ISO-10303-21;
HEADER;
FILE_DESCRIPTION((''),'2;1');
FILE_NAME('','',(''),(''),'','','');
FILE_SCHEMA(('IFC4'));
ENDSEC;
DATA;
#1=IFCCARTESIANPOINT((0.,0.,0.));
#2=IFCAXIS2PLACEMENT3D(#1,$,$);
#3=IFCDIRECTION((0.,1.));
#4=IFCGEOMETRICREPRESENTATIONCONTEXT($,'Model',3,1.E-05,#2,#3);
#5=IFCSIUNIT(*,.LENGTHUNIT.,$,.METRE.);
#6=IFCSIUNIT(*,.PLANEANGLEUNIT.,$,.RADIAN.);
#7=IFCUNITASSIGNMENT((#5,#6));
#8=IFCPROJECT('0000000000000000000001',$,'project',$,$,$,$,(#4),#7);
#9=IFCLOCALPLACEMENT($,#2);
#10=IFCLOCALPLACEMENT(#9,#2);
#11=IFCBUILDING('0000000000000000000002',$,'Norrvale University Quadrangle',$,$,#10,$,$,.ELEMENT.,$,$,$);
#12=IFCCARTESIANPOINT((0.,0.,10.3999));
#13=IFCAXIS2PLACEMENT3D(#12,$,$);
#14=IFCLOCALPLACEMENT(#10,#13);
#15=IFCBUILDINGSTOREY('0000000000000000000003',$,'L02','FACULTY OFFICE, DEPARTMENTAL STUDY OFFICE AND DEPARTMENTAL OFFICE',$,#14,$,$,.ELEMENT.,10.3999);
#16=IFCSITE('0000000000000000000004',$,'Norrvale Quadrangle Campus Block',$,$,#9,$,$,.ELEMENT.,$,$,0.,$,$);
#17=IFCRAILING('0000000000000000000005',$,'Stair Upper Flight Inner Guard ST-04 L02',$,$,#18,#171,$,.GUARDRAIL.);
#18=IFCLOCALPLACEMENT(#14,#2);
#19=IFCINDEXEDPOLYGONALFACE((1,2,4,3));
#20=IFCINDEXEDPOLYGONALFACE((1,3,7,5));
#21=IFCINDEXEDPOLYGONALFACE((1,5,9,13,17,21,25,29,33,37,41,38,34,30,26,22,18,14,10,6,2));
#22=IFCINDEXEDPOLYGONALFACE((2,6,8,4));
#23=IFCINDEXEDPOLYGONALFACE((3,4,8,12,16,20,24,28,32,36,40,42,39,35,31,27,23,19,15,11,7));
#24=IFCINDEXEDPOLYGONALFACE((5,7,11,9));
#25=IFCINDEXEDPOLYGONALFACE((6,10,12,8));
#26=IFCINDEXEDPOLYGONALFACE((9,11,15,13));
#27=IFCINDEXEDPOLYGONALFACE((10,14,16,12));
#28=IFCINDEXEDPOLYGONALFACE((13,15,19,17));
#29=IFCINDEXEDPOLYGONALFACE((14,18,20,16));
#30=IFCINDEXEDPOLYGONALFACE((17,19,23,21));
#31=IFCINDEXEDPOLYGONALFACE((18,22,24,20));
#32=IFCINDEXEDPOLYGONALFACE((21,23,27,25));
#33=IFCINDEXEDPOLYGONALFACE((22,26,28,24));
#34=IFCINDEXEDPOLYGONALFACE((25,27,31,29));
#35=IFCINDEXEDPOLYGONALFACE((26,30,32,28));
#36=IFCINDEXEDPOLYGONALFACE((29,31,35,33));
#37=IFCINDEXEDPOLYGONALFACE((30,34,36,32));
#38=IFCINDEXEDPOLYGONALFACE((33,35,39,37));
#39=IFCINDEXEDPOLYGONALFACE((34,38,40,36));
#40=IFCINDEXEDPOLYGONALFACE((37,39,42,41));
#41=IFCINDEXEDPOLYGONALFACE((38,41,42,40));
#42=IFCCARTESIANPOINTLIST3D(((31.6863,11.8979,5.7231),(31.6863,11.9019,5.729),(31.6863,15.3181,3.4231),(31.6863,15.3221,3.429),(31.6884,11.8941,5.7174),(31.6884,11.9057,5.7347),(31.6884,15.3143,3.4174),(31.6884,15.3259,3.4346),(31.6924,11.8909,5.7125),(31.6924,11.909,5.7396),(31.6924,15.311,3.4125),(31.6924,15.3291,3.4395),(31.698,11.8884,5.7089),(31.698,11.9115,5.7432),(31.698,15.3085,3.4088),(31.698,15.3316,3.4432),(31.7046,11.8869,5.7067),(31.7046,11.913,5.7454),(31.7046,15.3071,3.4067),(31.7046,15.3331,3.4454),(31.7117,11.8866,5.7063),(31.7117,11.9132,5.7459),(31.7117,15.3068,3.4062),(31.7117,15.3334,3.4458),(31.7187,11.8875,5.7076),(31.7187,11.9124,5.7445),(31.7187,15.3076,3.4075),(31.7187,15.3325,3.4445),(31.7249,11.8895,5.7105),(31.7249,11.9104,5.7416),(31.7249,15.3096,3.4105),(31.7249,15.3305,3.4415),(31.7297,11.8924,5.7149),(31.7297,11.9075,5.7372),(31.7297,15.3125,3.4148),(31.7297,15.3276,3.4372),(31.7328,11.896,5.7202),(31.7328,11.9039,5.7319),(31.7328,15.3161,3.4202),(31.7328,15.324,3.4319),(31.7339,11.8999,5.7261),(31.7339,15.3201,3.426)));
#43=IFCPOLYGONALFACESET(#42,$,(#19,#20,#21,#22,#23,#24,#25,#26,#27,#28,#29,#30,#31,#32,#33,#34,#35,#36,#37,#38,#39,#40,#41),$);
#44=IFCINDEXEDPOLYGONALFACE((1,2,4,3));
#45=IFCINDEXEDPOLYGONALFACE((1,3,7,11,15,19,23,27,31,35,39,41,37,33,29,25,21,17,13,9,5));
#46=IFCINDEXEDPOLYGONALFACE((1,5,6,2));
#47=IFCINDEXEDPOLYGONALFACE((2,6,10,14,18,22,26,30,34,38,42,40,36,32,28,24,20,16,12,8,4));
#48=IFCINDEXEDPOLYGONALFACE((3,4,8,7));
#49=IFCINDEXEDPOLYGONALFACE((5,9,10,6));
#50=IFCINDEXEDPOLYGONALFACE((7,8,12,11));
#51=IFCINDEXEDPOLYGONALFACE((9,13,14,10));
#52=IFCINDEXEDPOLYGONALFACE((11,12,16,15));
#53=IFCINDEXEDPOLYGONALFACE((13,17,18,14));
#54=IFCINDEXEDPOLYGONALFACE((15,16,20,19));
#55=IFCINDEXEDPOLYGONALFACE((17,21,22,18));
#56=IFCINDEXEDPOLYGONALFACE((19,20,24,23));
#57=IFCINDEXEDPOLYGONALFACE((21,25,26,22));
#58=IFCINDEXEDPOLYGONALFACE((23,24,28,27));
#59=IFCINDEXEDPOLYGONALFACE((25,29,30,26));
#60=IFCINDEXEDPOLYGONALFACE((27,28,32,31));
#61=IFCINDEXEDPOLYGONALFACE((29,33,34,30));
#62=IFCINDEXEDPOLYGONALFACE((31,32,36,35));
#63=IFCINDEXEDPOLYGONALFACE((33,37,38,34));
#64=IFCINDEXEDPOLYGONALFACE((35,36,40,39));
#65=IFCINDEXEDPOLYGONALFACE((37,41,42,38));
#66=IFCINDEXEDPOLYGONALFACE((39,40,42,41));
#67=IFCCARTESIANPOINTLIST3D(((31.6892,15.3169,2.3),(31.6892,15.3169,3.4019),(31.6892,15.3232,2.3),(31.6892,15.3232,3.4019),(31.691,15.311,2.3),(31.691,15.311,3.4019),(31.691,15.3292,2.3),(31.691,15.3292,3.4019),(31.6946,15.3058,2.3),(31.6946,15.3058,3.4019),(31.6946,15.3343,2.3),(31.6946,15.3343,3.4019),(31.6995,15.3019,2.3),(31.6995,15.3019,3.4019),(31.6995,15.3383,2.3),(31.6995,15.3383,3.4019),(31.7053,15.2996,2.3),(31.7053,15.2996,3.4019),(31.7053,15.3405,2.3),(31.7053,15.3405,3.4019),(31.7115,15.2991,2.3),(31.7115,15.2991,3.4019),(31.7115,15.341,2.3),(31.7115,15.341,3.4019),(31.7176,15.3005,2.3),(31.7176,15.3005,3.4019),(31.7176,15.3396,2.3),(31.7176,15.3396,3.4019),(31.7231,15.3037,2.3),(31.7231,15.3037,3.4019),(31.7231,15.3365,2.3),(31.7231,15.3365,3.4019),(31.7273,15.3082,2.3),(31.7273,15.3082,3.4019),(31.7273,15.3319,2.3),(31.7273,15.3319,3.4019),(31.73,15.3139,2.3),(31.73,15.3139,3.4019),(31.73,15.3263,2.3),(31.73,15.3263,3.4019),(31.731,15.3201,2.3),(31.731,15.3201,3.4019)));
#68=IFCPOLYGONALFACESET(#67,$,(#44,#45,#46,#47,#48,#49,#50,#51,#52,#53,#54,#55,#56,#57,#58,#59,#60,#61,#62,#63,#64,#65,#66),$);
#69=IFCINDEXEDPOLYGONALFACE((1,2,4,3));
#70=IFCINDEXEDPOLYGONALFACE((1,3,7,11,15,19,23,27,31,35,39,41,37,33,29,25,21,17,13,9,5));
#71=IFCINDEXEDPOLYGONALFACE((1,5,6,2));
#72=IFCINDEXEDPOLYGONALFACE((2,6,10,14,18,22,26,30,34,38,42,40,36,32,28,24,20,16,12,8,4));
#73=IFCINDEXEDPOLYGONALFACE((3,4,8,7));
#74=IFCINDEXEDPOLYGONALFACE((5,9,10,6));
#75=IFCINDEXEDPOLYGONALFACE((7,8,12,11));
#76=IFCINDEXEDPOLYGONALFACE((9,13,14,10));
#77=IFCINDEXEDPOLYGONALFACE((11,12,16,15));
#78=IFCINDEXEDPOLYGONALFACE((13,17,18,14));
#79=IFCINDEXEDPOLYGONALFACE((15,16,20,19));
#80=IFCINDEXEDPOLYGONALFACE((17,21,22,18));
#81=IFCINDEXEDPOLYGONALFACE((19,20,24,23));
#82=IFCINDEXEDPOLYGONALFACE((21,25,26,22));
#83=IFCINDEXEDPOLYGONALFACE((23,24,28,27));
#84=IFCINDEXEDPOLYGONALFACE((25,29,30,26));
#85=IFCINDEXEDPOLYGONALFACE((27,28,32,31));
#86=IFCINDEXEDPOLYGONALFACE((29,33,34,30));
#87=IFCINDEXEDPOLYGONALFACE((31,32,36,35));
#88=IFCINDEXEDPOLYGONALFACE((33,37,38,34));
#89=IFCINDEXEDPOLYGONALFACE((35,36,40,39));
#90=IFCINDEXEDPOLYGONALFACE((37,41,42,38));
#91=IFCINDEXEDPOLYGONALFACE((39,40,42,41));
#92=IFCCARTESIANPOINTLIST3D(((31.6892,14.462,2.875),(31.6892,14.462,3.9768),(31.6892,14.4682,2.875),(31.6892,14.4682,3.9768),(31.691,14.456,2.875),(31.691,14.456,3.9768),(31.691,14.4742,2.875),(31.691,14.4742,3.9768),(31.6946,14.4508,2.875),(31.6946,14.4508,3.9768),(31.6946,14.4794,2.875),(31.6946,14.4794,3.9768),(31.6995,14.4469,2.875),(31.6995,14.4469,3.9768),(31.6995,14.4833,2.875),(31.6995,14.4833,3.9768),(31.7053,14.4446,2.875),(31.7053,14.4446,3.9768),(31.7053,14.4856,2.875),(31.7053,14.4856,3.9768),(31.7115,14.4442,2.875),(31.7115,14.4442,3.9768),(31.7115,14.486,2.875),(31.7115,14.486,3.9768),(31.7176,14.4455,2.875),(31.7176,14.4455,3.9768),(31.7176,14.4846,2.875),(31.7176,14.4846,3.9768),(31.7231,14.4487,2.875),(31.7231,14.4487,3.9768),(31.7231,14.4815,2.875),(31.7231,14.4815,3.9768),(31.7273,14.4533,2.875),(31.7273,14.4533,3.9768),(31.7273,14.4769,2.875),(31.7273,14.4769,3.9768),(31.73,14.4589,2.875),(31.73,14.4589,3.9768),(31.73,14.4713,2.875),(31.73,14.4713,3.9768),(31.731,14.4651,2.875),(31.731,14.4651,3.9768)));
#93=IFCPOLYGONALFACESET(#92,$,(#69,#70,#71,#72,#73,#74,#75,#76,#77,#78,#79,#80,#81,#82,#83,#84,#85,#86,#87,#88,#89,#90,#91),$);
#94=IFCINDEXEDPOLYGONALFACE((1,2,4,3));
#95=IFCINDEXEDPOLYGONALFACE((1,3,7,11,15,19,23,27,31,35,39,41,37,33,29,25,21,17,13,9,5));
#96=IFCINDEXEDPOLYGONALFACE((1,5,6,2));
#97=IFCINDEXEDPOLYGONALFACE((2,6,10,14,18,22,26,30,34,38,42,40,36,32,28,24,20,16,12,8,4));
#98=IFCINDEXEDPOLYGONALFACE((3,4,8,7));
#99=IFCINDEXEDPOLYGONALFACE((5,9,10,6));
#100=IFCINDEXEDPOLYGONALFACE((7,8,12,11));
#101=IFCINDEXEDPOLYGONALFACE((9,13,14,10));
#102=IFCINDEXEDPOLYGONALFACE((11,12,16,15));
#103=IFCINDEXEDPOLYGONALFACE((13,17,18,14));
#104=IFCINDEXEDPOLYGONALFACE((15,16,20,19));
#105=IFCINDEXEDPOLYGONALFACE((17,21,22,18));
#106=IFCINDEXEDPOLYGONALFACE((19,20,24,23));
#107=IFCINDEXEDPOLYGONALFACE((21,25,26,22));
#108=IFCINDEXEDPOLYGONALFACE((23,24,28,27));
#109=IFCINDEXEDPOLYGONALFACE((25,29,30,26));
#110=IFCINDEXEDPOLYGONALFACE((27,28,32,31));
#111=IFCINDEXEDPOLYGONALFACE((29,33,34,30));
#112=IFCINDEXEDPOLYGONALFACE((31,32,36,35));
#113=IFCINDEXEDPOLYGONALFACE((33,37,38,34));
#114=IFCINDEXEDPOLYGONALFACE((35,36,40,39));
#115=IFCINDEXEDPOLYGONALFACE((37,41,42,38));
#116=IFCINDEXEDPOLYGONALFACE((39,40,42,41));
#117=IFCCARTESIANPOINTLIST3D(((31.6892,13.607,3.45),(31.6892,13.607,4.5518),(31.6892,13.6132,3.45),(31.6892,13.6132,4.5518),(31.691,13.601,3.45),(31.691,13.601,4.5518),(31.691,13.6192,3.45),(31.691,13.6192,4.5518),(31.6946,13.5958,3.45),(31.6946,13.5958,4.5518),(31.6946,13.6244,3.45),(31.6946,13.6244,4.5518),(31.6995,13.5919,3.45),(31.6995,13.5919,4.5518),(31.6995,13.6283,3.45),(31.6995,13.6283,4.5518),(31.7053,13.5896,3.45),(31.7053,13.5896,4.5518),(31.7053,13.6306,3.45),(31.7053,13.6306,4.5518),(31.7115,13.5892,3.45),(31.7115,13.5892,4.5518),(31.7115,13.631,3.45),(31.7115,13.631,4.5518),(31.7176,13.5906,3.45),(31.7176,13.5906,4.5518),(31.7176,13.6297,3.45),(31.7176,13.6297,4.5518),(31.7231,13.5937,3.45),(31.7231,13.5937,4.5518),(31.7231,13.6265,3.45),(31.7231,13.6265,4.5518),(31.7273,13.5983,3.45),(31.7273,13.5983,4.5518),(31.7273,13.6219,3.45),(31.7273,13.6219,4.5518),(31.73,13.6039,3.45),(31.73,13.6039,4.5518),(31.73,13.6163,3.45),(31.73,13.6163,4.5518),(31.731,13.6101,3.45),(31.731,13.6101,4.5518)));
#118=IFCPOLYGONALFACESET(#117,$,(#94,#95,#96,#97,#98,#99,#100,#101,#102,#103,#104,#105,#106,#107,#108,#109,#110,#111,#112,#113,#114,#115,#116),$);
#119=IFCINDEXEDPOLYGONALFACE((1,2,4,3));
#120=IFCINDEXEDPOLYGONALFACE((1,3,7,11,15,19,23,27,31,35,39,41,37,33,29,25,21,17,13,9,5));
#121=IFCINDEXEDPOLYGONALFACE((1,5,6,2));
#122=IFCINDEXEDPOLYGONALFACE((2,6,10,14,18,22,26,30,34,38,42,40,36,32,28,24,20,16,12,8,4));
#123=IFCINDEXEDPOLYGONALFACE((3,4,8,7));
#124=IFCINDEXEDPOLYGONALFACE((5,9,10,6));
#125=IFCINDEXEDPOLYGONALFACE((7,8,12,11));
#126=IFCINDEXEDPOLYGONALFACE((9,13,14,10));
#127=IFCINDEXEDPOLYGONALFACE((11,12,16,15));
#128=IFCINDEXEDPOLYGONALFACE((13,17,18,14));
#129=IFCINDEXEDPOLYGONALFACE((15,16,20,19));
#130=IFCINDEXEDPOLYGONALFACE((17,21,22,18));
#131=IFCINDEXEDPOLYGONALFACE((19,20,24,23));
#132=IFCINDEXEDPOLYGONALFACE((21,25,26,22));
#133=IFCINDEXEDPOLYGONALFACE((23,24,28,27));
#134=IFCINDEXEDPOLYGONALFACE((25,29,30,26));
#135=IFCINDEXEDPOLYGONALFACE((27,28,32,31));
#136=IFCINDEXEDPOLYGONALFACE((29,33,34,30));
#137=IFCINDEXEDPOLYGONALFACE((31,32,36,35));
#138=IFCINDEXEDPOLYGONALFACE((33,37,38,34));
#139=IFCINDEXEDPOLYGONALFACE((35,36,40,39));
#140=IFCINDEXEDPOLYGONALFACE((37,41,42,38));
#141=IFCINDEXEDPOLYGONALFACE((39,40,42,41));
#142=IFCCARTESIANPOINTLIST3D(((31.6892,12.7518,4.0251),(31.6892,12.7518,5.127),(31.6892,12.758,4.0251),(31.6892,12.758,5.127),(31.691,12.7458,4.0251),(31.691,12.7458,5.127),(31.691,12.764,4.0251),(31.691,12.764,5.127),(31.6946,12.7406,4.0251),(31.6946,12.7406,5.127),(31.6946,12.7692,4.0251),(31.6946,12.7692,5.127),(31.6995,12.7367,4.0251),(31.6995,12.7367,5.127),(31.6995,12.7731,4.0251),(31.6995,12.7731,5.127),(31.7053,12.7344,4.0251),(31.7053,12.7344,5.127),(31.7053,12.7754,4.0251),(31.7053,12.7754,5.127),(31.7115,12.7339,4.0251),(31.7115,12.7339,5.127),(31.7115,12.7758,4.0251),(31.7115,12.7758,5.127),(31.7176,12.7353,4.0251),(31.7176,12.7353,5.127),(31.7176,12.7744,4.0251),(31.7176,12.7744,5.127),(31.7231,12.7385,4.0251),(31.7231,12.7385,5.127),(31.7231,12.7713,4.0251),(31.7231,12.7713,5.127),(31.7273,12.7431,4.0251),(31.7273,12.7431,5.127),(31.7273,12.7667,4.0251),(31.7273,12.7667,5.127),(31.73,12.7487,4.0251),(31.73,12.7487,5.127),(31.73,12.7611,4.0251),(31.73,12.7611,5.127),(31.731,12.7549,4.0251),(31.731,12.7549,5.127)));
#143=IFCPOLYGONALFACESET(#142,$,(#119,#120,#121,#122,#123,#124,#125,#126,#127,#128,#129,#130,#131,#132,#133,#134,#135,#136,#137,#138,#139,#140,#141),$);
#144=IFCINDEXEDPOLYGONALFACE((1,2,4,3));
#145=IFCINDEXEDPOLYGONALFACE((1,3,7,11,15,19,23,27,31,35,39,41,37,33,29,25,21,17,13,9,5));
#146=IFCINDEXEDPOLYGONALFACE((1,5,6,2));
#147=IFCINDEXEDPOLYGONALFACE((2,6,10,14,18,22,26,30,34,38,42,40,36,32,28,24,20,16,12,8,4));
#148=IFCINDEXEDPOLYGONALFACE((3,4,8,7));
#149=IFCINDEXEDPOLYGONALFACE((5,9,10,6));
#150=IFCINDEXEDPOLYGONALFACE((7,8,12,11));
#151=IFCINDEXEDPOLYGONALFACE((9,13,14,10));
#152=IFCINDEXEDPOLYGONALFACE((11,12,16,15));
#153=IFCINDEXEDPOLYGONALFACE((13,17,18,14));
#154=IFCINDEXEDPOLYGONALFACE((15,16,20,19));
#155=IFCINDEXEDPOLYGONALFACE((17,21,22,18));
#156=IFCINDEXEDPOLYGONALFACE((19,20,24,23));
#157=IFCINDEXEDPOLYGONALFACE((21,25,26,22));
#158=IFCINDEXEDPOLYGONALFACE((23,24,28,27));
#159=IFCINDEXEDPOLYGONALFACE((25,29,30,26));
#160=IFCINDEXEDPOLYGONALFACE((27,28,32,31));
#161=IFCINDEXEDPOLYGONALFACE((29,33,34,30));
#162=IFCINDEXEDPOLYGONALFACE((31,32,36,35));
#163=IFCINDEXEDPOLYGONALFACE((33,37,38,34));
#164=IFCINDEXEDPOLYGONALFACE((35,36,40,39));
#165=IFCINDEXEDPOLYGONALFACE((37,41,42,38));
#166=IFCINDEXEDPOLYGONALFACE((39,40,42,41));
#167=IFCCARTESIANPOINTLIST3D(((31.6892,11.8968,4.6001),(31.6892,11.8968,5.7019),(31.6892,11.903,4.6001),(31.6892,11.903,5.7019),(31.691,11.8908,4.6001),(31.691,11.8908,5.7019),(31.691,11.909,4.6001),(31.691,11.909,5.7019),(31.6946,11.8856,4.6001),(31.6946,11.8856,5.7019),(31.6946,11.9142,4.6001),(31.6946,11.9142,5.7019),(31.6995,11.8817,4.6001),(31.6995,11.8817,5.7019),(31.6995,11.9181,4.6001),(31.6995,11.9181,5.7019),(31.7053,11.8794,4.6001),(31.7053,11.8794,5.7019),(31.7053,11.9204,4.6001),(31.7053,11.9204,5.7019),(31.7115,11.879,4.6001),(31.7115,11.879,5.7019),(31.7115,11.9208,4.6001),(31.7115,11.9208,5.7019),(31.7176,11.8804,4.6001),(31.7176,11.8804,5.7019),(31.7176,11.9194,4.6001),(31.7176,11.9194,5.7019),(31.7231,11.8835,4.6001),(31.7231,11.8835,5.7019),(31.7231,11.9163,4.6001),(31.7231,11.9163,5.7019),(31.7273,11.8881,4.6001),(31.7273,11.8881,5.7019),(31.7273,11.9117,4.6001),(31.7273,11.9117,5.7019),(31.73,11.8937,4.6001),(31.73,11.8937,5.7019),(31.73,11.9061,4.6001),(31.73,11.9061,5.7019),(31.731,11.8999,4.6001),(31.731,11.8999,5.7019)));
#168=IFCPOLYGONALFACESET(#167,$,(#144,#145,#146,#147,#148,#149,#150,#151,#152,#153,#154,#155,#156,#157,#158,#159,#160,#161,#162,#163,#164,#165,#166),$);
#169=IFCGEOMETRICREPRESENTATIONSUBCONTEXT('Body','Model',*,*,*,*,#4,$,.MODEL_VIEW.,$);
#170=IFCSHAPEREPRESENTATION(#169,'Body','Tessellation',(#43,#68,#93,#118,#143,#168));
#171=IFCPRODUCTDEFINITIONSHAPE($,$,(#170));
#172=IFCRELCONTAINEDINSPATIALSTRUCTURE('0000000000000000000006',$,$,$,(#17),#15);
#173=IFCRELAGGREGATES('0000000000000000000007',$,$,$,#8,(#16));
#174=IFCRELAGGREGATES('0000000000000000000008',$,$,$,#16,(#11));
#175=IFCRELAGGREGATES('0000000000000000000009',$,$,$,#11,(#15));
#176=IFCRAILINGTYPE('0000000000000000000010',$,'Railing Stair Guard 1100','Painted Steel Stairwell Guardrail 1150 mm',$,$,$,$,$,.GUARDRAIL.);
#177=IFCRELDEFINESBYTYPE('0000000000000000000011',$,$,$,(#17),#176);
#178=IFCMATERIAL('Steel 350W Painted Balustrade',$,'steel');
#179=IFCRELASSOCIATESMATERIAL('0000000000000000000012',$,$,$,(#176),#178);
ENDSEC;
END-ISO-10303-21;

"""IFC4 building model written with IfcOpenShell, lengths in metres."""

from ifc_helpers import new_model, si_unit, direction, frame, origin, origin_2d, place, context, subcontext, project, spatial, circle, extrude, material, type_object, element, save


model = new_model("IFC4")

# Units and contexts
model_context = context("Model", 3, precision=1e-05, world=origin(), true_north=direction((0.0, 1.0)))
body_context = subcontext(model_context, "Body", "Model", "MODEL_VIEW")
ifc_project = project(units=[si_unit("LENGTHUNIT", "METRE"), si_unit("PLANEANGLEUNIT", "RADIAN")], contexts=[model_context])

# Site, building, storey
site_placement = place(None, origin())
site = spatial("IfcSite", under=ifc_project, at=site_placement, Name="Norrvale Quadrangle Campus Block", CompositionType="ELEMENT", RefElevation=0.0)
building_placement = place(site_placement, origin())
building = spatial("IfcBuilding", under=site, at=building_placement, Name="Norrvale University Quadrangle", CompositionType="ELEMENT")
storey_placement = place(building_placement, frame((0.0, 0.0, 10.3999)))
storey = spatial("IfcBuildingStorey", under=building, at=storey_placement, Name="L02", Description="FACULTY OFFICE, DEPARTMENTAL STUDY OFFICE AND DEPARTMENTAL OFFICE", CompositionType="ELEMENT", Elevation=10.3999)

# Railing
ifc_material_1 = material(Name="Steel 350W Painted Balustrade", Category="steel")
railing_type_1 = type_object("IfcRailingType", Name="Railing Stair Guard 1100", Description="Painted Steel Stairwell Guardrail 1150 mm", PredefinedType="GUARDRAIL", material=ifc_material_1)
railing_1_placement = place(storey_placement, frame((31.71, 15.3201, 2.3)))
element("IfcRailing", 1, at=railing_1_placement, inside=storey, type_object=railing_type_1, Name="Stair Upper Flight Inner Guard ST-04 L02", PredefinedType="GUARDRAIL", context=body_context, shape_type="SweptSolid", body=[
    extrude(circle(Radius=0.0239, at=origin_2d()), frame((0.0, 0.0, 1.126), z_axis=(0.0, -0.829811, 0.558045), x_axis=(1.0, 0.0, 0.0)), (0.0, 0.0, 1.0), 4.1216),
    extrude(circle(Radius=0.021, at=origin_2d()), origin(), (0.0, 0.0, 1.0), 1.1018),
    extrude(circle(Radius=0.021, at=origin_2d()), frame((0.0, -0.855, 0.575)), (0.0, 0.0, 1.0), 1.1018),
    extrude(circle(Radius=0.021, at=origin_2d()), frame((0.0, -1.71, 1.1499)), (0.0, 0.0, 1.0), 1.1018),
    extrude(circle(Radius=0.021, at=origin_2d()), frame((0.0, -2.5652, 1.7251)), (0.0, 0.0, 1.0), 1.1018),
    extrude(circle(Radius=0.021, at=origin_2d()), frame((0.0, -3.4202, 2.3)), (0.0, 0.0, 1.0), 1.1018),
])

save(model, "model.ifc")
